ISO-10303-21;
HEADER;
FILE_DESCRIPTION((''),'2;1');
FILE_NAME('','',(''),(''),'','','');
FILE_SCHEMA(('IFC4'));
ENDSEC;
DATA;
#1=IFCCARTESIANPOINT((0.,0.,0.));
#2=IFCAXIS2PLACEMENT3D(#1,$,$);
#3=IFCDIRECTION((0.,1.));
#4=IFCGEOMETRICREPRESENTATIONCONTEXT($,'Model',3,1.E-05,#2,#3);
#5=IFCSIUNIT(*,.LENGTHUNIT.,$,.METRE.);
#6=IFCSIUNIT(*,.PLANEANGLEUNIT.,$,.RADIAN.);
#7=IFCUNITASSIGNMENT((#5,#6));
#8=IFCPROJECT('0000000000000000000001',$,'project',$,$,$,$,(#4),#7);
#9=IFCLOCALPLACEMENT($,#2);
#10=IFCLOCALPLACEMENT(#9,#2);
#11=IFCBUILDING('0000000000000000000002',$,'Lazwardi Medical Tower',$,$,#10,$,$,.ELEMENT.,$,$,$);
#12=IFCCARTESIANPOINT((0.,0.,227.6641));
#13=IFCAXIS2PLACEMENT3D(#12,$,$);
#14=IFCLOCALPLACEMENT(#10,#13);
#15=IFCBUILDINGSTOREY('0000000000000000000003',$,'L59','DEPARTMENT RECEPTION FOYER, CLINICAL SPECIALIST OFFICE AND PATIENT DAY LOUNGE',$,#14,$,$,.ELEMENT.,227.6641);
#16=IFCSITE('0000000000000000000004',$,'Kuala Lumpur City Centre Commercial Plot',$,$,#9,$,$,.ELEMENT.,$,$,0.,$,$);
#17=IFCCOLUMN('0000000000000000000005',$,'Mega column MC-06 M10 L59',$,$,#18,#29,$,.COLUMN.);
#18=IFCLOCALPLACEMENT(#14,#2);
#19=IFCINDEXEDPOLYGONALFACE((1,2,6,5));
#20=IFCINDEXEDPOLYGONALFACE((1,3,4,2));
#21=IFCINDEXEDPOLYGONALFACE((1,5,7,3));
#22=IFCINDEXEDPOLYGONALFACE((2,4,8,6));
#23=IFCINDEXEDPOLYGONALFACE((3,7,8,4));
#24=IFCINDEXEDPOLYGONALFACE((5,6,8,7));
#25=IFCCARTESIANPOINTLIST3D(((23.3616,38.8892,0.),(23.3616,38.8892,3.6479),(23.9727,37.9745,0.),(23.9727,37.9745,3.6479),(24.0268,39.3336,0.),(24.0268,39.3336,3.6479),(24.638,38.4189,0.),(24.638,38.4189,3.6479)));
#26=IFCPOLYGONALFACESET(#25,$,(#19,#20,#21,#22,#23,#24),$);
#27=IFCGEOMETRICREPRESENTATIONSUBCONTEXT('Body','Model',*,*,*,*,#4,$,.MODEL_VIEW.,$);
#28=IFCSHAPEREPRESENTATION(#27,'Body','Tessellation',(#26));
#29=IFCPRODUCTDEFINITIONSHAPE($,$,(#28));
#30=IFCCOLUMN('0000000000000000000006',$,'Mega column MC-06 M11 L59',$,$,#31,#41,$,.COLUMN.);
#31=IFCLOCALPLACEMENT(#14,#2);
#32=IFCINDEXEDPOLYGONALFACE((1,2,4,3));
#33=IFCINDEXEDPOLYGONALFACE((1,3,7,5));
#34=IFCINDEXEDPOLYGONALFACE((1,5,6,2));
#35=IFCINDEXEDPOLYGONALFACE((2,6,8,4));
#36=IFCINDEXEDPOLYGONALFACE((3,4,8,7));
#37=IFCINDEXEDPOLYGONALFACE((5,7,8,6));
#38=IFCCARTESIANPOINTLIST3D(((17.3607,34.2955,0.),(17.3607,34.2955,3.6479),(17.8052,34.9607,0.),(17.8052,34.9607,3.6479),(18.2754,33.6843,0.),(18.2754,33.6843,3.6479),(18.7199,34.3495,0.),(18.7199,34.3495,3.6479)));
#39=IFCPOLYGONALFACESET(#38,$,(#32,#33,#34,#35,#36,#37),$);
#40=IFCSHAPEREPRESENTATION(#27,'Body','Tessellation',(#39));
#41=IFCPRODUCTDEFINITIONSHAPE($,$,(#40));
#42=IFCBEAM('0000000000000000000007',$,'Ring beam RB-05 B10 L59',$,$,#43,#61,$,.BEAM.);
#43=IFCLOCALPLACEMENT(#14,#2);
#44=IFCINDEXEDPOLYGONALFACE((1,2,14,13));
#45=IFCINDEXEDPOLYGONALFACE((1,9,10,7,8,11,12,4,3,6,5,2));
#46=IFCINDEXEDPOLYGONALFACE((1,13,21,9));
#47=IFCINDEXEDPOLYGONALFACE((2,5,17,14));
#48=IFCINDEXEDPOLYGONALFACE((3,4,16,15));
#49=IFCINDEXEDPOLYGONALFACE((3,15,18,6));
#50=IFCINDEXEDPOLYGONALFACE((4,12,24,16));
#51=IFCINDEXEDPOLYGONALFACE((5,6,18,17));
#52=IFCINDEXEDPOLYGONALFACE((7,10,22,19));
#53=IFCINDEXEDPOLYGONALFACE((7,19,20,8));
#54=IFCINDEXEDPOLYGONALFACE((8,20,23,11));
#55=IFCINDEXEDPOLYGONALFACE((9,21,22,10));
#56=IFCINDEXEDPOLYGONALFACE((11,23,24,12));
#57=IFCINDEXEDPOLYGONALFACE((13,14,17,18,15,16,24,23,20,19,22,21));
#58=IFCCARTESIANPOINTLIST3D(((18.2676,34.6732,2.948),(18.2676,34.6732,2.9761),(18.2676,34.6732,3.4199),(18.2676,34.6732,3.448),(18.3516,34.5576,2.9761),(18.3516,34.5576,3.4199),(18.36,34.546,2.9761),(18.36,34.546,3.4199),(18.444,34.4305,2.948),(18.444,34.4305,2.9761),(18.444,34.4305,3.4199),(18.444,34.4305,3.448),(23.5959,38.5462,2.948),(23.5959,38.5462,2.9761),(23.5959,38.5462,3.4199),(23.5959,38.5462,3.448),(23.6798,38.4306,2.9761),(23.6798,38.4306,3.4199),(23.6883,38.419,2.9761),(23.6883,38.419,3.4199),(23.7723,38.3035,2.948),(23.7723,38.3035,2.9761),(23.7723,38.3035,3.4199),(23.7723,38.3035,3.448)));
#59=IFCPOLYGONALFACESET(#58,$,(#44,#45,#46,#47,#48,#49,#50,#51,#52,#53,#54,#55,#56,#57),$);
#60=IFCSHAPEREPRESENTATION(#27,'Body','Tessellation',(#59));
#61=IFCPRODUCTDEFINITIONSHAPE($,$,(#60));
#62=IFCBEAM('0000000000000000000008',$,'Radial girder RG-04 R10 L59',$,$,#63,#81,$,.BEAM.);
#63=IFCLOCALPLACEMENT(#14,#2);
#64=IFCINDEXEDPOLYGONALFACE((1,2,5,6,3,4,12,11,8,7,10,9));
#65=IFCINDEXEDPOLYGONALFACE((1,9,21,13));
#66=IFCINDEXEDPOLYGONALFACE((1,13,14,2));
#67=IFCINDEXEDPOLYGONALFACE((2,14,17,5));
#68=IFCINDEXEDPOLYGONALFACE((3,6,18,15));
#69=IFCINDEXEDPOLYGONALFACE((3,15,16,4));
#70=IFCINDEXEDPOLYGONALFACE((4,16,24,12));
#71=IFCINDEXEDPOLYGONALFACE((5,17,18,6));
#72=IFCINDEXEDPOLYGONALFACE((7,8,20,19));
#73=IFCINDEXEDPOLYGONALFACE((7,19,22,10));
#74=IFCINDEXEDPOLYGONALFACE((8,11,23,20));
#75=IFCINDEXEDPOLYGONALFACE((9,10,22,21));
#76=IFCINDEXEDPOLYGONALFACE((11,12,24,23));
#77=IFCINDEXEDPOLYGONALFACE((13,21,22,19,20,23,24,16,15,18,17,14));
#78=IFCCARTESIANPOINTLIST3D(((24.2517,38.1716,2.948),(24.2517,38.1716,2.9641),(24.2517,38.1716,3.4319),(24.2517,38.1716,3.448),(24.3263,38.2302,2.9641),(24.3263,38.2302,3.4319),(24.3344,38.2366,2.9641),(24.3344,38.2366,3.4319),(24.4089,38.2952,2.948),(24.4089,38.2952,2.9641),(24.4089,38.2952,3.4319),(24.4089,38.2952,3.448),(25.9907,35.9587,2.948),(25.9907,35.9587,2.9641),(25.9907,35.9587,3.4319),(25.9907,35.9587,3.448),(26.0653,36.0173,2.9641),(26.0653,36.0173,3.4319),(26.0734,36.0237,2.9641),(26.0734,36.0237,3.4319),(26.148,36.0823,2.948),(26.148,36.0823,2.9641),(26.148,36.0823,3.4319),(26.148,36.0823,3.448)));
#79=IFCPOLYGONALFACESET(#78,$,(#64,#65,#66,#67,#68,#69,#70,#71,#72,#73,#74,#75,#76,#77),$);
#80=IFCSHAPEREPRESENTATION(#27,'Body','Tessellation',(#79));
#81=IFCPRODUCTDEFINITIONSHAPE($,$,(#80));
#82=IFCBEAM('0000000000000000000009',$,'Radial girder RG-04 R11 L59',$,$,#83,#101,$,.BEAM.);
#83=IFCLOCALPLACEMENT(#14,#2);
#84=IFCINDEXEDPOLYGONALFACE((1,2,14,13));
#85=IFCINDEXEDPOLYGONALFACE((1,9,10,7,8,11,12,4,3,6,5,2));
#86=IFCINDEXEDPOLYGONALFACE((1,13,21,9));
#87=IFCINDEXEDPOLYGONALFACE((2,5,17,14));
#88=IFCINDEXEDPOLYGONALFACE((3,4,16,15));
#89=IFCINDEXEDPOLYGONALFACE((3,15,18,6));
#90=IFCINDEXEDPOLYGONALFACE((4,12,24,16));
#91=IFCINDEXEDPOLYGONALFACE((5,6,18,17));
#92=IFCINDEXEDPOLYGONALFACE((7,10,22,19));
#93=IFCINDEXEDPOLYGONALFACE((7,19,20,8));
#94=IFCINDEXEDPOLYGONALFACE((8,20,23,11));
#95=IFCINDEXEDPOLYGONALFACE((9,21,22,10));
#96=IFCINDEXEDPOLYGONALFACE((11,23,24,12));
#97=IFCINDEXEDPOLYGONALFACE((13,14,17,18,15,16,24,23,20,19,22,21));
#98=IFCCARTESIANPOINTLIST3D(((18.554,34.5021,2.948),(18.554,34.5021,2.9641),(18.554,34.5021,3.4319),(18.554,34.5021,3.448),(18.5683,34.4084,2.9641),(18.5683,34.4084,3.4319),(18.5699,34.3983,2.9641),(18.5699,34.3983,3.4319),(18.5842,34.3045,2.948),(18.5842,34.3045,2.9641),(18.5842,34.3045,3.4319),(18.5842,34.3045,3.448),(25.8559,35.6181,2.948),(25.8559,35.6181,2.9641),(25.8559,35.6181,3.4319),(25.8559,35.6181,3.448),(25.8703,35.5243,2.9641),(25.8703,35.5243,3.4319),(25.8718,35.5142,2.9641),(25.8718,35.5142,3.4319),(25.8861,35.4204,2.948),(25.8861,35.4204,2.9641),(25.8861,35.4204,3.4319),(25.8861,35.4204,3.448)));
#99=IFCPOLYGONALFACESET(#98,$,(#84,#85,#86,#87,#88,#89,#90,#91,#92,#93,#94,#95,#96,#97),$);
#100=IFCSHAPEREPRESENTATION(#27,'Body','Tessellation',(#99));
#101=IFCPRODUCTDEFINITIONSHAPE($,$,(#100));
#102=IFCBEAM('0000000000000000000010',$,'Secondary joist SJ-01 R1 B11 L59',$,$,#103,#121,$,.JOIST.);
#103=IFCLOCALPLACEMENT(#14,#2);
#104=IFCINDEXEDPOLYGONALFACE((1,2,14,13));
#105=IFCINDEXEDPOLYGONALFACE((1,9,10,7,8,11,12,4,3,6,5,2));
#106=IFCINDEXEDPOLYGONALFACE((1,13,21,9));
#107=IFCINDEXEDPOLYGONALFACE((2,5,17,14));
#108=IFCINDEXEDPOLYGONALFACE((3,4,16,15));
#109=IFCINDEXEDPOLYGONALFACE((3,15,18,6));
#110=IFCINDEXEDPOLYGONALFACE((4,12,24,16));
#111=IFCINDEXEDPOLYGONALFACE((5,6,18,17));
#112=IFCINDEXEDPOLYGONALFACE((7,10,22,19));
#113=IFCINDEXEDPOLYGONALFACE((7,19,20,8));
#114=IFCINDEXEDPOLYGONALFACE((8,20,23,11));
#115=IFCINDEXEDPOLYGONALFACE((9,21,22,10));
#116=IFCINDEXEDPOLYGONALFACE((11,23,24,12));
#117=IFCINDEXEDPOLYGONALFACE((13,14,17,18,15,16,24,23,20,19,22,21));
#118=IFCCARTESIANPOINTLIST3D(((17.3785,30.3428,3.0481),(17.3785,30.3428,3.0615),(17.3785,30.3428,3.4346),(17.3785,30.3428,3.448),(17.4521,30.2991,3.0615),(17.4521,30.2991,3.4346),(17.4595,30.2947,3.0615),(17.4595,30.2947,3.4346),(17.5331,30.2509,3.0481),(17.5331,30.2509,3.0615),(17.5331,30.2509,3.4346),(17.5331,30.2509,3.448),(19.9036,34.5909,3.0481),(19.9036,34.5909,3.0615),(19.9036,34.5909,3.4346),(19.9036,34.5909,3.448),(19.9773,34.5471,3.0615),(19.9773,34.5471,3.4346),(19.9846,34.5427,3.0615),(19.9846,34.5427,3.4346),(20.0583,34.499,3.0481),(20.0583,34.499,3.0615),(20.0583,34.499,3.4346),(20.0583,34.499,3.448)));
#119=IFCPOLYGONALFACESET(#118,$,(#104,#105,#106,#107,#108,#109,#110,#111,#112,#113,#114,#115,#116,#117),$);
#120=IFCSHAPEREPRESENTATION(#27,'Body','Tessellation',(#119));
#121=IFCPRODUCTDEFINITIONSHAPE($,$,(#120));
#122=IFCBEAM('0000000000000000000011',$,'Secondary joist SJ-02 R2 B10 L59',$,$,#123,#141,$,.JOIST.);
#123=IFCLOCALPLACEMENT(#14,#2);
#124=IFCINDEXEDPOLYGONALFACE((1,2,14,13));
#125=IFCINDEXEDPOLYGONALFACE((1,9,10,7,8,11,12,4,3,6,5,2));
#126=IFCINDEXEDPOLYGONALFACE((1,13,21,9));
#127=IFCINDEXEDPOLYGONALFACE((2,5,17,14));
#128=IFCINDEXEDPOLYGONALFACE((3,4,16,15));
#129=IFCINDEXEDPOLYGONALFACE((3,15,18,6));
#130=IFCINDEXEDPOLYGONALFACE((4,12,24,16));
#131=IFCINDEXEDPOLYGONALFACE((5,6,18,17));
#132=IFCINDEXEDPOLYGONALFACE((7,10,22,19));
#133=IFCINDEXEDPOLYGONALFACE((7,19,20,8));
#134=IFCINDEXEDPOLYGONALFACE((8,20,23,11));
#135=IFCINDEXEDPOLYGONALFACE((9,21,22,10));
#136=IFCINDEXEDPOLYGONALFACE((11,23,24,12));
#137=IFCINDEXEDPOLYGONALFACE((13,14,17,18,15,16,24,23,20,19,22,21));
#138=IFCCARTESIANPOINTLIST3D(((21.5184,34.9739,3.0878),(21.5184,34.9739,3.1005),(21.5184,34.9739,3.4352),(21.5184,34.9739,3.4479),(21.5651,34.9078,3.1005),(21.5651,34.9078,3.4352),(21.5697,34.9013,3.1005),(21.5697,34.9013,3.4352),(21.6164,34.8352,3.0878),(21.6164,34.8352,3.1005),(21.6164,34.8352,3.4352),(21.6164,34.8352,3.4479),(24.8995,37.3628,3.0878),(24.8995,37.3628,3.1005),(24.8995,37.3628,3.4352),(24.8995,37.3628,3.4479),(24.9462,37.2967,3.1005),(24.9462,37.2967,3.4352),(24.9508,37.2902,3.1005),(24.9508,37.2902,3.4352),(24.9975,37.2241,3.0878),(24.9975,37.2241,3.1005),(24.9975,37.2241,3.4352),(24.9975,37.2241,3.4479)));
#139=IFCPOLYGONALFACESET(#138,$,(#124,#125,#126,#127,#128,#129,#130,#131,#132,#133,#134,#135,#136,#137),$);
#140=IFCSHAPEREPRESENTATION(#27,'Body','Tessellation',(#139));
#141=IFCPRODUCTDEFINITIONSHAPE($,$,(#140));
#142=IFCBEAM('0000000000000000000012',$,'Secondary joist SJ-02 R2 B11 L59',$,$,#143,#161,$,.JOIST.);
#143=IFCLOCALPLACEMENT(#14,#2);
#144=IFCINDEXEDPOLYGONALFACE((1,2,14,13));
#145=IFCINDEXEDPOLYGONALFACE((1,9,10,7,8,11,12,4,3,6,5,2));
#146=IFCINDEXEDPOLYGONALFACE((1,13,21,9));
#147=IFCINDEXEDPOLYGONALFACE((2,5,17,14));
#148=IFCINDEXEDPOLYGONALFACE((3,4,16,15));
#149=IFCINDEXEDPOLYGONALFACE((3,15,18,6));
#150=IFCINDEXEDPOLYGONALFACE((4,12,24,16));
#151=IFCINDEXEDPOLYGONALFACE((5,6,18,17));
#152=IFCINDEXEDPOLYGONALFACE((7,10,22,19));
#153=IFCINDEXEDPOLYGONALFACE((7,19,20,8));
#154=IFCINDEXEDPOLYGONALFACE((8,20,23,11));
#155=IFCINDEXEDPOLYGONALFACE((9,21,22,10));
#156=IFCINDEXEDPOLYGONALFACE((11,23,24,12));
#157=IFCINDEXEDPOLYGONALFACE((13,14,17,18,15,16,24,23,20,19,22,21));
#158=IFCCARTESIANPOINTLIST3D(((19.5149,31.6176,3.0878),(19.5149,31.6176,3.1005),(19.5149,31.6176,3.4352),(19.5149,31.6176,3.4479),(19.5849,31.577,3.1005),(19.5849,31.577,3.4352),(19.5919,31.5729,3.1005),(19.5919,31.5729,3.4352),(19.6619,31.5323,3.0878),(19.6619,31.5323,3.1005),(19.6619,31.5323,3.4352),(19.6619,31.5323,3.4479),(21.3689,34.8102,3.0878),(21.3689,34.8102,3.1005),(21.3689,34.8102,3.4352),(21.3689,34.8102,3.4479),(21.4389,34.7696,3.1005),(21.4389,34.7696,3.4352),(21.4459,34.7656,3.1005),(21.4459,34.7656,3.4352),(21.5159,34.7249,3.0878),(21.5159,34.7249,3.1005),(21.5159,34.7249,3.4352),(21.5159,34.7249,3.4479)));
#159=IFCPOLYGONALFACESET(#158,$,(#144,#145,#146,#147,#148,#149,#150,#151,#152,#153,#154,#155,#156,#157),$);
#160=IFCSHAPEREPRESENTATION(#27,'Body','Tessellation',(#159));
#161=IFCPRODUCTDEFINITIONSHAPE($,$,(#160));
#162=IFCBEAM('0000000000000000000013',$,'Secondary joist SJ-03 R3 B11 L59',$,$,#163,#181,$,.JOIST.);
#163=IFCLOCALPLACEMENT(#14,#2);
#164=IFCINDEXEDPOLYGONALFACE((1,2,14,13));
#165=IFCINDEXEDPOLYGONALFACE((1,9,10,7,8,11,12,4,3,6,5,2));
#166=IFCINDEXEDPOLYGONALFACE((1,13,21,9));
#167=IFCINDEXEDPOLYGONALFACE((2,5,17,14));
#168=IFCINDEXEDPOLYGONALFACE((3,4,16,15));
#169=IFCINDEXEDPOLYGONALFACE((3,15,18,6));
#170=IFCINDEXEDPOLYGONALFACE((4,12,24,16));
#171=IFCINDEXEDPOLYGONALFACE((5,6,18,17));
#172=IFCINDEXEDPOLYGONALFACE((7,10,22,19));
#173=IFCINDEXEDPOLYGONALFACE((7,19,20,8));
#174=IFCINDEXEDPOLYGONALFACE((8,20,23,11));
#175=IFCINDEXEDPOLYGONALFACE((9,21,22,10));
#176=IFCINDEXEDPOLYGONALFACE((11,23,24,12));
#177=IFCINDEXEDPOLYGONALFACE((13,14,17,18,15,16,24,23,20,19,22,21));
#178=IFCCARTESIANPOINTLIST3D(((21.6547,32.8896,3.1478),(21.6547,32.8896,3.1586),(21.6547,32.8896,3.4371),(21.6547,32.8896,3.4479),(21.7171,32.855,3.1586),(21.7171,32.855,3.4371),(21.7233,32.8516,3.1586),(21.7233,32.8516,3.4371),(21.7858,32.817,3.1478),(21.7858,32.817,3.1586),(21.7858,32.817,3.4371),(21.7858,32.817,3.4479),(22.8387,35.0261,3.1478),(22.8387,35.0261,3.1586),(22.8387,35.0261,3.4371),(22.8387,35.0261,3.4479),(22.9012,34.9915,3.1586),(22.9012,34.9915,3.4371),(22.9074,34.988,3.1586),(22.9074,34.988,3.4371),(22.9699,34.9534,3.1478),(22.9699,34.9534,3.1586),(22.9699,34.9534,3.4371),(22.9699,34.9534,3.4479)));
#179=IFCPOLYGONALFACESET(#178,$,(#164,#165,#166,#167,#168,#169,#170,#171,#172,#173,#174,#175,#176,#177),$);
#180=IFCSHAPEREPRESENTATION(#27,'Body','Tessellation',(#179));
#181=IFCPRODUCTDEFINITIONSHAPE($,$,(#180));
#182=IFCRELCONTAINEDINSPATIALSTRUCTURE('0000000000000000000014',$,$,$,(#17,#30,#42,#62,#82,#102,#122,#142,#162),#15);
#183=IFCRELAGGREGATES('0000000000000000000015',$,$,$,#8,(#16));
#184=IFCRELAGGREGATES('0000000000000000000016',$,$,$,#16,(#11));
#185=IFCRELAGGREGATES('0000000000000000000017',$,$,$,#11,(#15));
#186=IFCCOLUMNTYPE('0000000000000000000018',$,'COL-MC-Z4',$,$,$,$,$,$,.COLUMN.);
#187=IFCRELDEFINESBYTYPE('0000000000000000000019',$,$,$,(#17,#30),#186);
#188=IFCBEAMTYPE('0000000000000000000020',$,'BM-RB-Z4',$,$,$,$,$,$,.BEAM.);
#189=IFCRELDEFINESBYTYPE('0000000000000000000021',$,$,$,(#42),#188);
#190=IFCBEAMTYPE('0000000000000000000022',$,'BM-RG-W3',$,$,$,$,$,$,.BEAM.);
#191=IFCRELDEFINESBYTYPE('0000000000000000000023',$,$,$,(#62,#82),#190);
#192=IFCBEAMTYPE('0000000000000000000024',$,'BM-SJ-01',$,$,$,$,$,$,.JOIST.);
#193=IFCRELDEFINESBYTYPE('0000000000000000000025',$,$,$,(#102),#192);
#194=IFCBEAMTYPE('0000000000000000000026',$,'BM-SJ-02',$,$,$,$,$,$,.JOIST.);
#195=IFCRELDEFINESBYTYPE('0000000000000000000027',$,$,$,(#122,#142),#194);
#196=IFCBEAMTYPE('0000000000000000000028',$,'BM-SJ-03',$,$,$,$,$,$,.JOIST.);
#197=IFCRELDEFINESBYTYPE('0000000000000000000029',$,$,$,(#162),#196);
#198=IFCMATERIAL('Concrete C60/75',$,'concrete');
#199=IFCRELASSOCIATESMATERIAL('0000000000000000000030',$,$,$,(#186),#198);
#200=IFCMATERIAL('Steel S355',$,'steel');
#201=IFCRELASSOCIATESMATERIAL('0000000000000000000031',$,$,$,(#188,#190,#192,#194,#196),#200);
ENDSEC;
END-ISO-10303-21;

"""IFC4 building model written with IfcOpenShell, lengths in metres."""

from ifc_helpers import new_model, si_unit, direction, frame, origin, origin_2d, place, context, subcontext, project, spatial, rectangle, i_section, extrude, material, material_profile, profile_set, type_object, element, save


model = new_model("IFC4")

# Units and contexts
model_context = context("Model", 3, precision=1e-05, world=origin(), true_north=direction((0.0, 1.0)))
body_context = subcontext(model_context, "Body", "Model", "MODEL_VIEW")
ifc_project = project(units=[si_unit("LENGTHUNIT", "METRE"), si_unit("PLANEANGLEUNIT", "RADIAN")], contexts=[model_context])

# Site, building, storey
site_placement = place(None, origin())
site = spatial("IfcSite", under=ifc_project, at=site_placement, Name="Kuala Lumpur City Centre Commercial Plot", CompositionType="ELEMENT", RefElevation=0.0)
building_placement = place(site_placement, origin())
building = spatial("IfcBuilding", under=site, at=building_placement, Name="Lazwardi Medical Tower", CompositionType="ELEMENT")
storey_placement = place(building_placement, frame((0.0, 0.0, 227.6641)))
storey = spatial("IfcBuildingStorey", under=building, at=storey_placement, Name="L59", Description="DEPARTMENT RECEPTION FOYER, CLINICAL SPECIALIST OFFICE AND PATIENT DAY LOUNGE", CompositionType="ELEMENT", Elevation=227.6641)

# Columns
ifc_material_1 = material(Name="Concrete C60/75", Category="concrete")
ifc_material_profile_1 = material_profile(ifc_material_1, rectangle(XDim=1.1001, YDim=0.8, at=origin_2d()), Name="CFT-RECT 1100x800")
ifc_profile_set_1 = profile_set([ifc_material_profile_1], Name="Concrete C60/75")
column_type = type_object("IfcColumnType", Name="COL-MC-Z4", PredefinedType="COLUMN", material=ifc_profile_set_1)
for number, where, z_axis, x_axis, name in (
    (1, (23.9998, 38.6541, 0.0), (0.0, 0.0, 1.0), (-0.55557, 0.83147, 0.0), "Mega column MC-06 M10 L59"),
    (2, (18.0403, 34.3225, 0.0), (0.0, 0.0, 1.0), (-0.83147, 0.55557, 0.0), "Mega column MC-06 M11 L59"),
):
    element("IfcColumn", number, at=place(storey_placement, frame(where, z_axis=z_axis, x_axis=x_axis)), inside=storey, type_object=column_type, Name=name, PredefinedType="COLUMN", context=body_context, shape_type="SweptSolid", body=[
        extrude(rectangle(XDim=1.1001, YDim=0.8, at=origin_2d()), origin(), (0.0, 0.0, 1.0), 3.6479),
    ])

# Beams
ifc_material_2 = material(Name="Steel S355", Category="steel")
ifc_material_profile_2 = material_profile(ifc_material_2, i_section(OverallWidth=0.3, OverallDepth=0.5, WebThickness=0.0144, FlangeThickness=0.0281, at=origin_2d()), Name="HEB 500")
ifc_profile_set_2 = profile_set([ifc_material_profile_2], Name="Steel S355")
beam_type_1 = type_object("IfcBeamType", Name="BM-RB-Z4", PredefinedType="BEAM", material=ifc_profile_set_2)
beam_1_placement = place(storey_placement, frame((23.6841, 38.4248, 3.198), z_axis=(-0.80889, -0.58796, 0.0), x_axis=(0.58796, -0.80889, 0.0)))
element("IfcBeam", 3, at=beam_1_placement, inside=storey, type_object=beam_type_1, Name="Ring beam RB-05 B10 L59", PredefinedType="BEAM", context=body_context, shape_type="SweptSolid", body=[
    extrude(i_section(OverallWidth=0.3, OverallDepth=0.5, WebThickness=0.0144, FlangeThickness=0.0281, at=origin_2d()), origin(), (0.0, 0.0, 1.0), 6.5872),
])
ifc_material_profile_3 = material_profile(ifc_material_2, i_section(OverallWidth=0.2, OverallDepth=0.5, WebThickness=0.0103, FlangeThickness=0.0161, at=origin_2d()), Name="IPE 500")
ifc_profile_set_3 = profile_set([ifc_material_profile_3], Name="Steel S355")
beam_type_2 = type_object("IfcBeamType", Name="BM-RG-W3", PredefinedType="BEAM", material=ifc_profile_set_3)
beam_2_placement = place(storey_placement, frame((24.3303, 38.2334, 3.198), z_axis=(0.617891, -0.786264, 0.0), x_axis=(0.786264, 0.617891, 0.0)))
element("IfcBeam", 4, at=beam_2_placement, inside=storey, type_object=beam_type_2, Name="Radial girder RG-04 R10 L59", PredefinedType="BEAM", context=body_context, shape_type="SweptSolid", body=[
    extrude(i_section(OverallWidth=0.2, OverallDepth=0.5, WebThickness=0.0103, FlangeThickness=0.0161, at=origin_2d()), origin(), (0.0, 0.0, 1.0), 2.8145),
])
beam_3_placement = place(storey_placement, frame((18.5691, 34.4033, 3.198), z_axis=(0.988522, 0.151076, 0.0), x_axis=(-0.151076, 0.988522, 0.0)))
element("IfcBeam", 5, at=beam_3_placement, inside=storey, type_object=beam_type_2, Name="Radial girder RG-04 R11 L59", PredefinedType="BEAM", context=body_context, shape_type="SweptSolid", body=[
    extrude(i_section(OverallWidth=0.2, OverallDepth=0.5, WebThickness=0.0103, FlangeThickness=0.0161, at=origin_2d()), origin(), (0.0, 0.0, 1.0), 7.3867),
])
ifc_material_profile_4 = material_profile(ifc_material_2, i_section(OverallWidth=0.1799, OverallDepth=0.3999, WebThickness=0.0085, FlangeThickness=0.0134, at=origin_2d()), Name="IPE 400")
ifc_profile_set_4 = profile_set([ifc_material_profile_4], Name="Steel S355")
beam_type_3 = type_object("IfcBeamType", Name="BM-SJ-01", PredefinedType="JOIST", material=ifc_profile_set_4)
beam_4_placement = place(storey_placement, frame((19.981, 34.5449, 3.248), z_axis=(-0.510968, -0.8596, 0.0), x_axis=(0.8596, -0.510968, 0.0)))
element("IfcBeam", 6, at=beam_4_placement, inside=storey, type_object=beam_type_3, Name="Secondary joist SJ-01 R1 B11 L59", PredefinedType="JOIST", context=body_context, shape_type="SweptSolid", body=[
    extrude(i_section(OverallWidth=0.1799, OverallDepth=0.3999, WebThickness=0.0085, FlangeThickness=0.0134, at=origin_2d()), origin(), (0.0, 0.0, 1.0), 4.9419),
])
ifc_material_profile_5 = material_profile(ifc_material_2, i_section(OverallWidth=0.1699, OverallDepth=0.3601, WebThickness=0.0081, FlangeThickness=0.0127, at=origin_2d()), Name="IPE 360")
ifc_profile_set_5 = profile_set([ifc_material_profile_5], Name="Steel S355")
beam_type_4 = type_object("IfcBeamType", Name="BM-SJ-02", PredefinedType="JOIST", material=ifc_profile_set_5)
beam_5_placement = place(storey_placement, frame((24.9485, 37.2935, 3.2678), z_axis=(-0.816711, -0.577047, 0.0), x_axis=(0.577047, -0.816711, 0.0)))
element("IfcBeam", 7, at=beam_5_placement, inside=storey, type_object=beam_type_4, Name="Secondary joist SJ-02 R2 B10 L59", PredefinedType="JOIST", context=body_context, shape_type="SweptSolid", body=[
    extrude(i_section(OverallWidth=0.1699, OverallDepth=0.3601, WebThickness=0.0081, FlangeThickness=0.0127, at=origin_2d()), origin(), (0.0, 0.0, 1.0), 4.1399),
])
beam_6_placement = place(storey_placement, frame((21.4424, 34.7676, 3.2678), z_axis=(-0.50218, -0.864763, 0.0), x_axis=(0.864763, -0.50218, 0.0)))
element("IfcBeam", 8, at=beam_6_placement, inside=storey, type_object=beam_type_4, Name="Secondary joist SJ-02 R2 B11 L59", PredefinedType="JOIST", context=body_context, shape_type="SweptSolid", body=[
    extrude(i_section(OverallWidth=0.1699, OverallDepth=0.3601, WebThickness=0.0081, FlangeThickness=0.0127, at=origin_2d()), origin(), (0.0, 0.0, 1.0), 3.6919),
])
ifc_material_profile_6 = material_profile(ifc_material_2, i_section(OverallWidth=0.1499, OverallDepth=0.3, WebThickness=0.0071, FlangeThickness=0.0107, at=origin_2d()), Name="IPE 300")
ifc_profile_set_6 = profile_set([ifc_material_profile_6], Name="Steel S355")
beam_type_5 = type_object("IfcBeamType", Name="BM-SJ-03", PredefinedType="JOIST", material=ifc_profile_set_6)
beam_7_placement = place(storey_placement, frame((22.9043, 34.9897, 3.2979), z_axis=(-0.484752, -0.874652, 0.0), x_axis=(0.874652, -0.484752, 0.0)))
element("IfcBeam", 9, at=beam_7_placement, inside=storey, type_object=beam_type_5, Name="Secondary joist SJ-03 R3 B11 L59", PredefinedType="JOIST", context=body_context, shape_type="SweptSolid", body=[
    extrude(i_section(OverallWidth=0.1499, OverallDepth=0.3, WebThickness=0.0071, FlangeThickness=0.0107, at=origin_2d()), origin(), (0.0, 0.0, 1.0), 2.4426),
])

save(model, "model.ifc")
